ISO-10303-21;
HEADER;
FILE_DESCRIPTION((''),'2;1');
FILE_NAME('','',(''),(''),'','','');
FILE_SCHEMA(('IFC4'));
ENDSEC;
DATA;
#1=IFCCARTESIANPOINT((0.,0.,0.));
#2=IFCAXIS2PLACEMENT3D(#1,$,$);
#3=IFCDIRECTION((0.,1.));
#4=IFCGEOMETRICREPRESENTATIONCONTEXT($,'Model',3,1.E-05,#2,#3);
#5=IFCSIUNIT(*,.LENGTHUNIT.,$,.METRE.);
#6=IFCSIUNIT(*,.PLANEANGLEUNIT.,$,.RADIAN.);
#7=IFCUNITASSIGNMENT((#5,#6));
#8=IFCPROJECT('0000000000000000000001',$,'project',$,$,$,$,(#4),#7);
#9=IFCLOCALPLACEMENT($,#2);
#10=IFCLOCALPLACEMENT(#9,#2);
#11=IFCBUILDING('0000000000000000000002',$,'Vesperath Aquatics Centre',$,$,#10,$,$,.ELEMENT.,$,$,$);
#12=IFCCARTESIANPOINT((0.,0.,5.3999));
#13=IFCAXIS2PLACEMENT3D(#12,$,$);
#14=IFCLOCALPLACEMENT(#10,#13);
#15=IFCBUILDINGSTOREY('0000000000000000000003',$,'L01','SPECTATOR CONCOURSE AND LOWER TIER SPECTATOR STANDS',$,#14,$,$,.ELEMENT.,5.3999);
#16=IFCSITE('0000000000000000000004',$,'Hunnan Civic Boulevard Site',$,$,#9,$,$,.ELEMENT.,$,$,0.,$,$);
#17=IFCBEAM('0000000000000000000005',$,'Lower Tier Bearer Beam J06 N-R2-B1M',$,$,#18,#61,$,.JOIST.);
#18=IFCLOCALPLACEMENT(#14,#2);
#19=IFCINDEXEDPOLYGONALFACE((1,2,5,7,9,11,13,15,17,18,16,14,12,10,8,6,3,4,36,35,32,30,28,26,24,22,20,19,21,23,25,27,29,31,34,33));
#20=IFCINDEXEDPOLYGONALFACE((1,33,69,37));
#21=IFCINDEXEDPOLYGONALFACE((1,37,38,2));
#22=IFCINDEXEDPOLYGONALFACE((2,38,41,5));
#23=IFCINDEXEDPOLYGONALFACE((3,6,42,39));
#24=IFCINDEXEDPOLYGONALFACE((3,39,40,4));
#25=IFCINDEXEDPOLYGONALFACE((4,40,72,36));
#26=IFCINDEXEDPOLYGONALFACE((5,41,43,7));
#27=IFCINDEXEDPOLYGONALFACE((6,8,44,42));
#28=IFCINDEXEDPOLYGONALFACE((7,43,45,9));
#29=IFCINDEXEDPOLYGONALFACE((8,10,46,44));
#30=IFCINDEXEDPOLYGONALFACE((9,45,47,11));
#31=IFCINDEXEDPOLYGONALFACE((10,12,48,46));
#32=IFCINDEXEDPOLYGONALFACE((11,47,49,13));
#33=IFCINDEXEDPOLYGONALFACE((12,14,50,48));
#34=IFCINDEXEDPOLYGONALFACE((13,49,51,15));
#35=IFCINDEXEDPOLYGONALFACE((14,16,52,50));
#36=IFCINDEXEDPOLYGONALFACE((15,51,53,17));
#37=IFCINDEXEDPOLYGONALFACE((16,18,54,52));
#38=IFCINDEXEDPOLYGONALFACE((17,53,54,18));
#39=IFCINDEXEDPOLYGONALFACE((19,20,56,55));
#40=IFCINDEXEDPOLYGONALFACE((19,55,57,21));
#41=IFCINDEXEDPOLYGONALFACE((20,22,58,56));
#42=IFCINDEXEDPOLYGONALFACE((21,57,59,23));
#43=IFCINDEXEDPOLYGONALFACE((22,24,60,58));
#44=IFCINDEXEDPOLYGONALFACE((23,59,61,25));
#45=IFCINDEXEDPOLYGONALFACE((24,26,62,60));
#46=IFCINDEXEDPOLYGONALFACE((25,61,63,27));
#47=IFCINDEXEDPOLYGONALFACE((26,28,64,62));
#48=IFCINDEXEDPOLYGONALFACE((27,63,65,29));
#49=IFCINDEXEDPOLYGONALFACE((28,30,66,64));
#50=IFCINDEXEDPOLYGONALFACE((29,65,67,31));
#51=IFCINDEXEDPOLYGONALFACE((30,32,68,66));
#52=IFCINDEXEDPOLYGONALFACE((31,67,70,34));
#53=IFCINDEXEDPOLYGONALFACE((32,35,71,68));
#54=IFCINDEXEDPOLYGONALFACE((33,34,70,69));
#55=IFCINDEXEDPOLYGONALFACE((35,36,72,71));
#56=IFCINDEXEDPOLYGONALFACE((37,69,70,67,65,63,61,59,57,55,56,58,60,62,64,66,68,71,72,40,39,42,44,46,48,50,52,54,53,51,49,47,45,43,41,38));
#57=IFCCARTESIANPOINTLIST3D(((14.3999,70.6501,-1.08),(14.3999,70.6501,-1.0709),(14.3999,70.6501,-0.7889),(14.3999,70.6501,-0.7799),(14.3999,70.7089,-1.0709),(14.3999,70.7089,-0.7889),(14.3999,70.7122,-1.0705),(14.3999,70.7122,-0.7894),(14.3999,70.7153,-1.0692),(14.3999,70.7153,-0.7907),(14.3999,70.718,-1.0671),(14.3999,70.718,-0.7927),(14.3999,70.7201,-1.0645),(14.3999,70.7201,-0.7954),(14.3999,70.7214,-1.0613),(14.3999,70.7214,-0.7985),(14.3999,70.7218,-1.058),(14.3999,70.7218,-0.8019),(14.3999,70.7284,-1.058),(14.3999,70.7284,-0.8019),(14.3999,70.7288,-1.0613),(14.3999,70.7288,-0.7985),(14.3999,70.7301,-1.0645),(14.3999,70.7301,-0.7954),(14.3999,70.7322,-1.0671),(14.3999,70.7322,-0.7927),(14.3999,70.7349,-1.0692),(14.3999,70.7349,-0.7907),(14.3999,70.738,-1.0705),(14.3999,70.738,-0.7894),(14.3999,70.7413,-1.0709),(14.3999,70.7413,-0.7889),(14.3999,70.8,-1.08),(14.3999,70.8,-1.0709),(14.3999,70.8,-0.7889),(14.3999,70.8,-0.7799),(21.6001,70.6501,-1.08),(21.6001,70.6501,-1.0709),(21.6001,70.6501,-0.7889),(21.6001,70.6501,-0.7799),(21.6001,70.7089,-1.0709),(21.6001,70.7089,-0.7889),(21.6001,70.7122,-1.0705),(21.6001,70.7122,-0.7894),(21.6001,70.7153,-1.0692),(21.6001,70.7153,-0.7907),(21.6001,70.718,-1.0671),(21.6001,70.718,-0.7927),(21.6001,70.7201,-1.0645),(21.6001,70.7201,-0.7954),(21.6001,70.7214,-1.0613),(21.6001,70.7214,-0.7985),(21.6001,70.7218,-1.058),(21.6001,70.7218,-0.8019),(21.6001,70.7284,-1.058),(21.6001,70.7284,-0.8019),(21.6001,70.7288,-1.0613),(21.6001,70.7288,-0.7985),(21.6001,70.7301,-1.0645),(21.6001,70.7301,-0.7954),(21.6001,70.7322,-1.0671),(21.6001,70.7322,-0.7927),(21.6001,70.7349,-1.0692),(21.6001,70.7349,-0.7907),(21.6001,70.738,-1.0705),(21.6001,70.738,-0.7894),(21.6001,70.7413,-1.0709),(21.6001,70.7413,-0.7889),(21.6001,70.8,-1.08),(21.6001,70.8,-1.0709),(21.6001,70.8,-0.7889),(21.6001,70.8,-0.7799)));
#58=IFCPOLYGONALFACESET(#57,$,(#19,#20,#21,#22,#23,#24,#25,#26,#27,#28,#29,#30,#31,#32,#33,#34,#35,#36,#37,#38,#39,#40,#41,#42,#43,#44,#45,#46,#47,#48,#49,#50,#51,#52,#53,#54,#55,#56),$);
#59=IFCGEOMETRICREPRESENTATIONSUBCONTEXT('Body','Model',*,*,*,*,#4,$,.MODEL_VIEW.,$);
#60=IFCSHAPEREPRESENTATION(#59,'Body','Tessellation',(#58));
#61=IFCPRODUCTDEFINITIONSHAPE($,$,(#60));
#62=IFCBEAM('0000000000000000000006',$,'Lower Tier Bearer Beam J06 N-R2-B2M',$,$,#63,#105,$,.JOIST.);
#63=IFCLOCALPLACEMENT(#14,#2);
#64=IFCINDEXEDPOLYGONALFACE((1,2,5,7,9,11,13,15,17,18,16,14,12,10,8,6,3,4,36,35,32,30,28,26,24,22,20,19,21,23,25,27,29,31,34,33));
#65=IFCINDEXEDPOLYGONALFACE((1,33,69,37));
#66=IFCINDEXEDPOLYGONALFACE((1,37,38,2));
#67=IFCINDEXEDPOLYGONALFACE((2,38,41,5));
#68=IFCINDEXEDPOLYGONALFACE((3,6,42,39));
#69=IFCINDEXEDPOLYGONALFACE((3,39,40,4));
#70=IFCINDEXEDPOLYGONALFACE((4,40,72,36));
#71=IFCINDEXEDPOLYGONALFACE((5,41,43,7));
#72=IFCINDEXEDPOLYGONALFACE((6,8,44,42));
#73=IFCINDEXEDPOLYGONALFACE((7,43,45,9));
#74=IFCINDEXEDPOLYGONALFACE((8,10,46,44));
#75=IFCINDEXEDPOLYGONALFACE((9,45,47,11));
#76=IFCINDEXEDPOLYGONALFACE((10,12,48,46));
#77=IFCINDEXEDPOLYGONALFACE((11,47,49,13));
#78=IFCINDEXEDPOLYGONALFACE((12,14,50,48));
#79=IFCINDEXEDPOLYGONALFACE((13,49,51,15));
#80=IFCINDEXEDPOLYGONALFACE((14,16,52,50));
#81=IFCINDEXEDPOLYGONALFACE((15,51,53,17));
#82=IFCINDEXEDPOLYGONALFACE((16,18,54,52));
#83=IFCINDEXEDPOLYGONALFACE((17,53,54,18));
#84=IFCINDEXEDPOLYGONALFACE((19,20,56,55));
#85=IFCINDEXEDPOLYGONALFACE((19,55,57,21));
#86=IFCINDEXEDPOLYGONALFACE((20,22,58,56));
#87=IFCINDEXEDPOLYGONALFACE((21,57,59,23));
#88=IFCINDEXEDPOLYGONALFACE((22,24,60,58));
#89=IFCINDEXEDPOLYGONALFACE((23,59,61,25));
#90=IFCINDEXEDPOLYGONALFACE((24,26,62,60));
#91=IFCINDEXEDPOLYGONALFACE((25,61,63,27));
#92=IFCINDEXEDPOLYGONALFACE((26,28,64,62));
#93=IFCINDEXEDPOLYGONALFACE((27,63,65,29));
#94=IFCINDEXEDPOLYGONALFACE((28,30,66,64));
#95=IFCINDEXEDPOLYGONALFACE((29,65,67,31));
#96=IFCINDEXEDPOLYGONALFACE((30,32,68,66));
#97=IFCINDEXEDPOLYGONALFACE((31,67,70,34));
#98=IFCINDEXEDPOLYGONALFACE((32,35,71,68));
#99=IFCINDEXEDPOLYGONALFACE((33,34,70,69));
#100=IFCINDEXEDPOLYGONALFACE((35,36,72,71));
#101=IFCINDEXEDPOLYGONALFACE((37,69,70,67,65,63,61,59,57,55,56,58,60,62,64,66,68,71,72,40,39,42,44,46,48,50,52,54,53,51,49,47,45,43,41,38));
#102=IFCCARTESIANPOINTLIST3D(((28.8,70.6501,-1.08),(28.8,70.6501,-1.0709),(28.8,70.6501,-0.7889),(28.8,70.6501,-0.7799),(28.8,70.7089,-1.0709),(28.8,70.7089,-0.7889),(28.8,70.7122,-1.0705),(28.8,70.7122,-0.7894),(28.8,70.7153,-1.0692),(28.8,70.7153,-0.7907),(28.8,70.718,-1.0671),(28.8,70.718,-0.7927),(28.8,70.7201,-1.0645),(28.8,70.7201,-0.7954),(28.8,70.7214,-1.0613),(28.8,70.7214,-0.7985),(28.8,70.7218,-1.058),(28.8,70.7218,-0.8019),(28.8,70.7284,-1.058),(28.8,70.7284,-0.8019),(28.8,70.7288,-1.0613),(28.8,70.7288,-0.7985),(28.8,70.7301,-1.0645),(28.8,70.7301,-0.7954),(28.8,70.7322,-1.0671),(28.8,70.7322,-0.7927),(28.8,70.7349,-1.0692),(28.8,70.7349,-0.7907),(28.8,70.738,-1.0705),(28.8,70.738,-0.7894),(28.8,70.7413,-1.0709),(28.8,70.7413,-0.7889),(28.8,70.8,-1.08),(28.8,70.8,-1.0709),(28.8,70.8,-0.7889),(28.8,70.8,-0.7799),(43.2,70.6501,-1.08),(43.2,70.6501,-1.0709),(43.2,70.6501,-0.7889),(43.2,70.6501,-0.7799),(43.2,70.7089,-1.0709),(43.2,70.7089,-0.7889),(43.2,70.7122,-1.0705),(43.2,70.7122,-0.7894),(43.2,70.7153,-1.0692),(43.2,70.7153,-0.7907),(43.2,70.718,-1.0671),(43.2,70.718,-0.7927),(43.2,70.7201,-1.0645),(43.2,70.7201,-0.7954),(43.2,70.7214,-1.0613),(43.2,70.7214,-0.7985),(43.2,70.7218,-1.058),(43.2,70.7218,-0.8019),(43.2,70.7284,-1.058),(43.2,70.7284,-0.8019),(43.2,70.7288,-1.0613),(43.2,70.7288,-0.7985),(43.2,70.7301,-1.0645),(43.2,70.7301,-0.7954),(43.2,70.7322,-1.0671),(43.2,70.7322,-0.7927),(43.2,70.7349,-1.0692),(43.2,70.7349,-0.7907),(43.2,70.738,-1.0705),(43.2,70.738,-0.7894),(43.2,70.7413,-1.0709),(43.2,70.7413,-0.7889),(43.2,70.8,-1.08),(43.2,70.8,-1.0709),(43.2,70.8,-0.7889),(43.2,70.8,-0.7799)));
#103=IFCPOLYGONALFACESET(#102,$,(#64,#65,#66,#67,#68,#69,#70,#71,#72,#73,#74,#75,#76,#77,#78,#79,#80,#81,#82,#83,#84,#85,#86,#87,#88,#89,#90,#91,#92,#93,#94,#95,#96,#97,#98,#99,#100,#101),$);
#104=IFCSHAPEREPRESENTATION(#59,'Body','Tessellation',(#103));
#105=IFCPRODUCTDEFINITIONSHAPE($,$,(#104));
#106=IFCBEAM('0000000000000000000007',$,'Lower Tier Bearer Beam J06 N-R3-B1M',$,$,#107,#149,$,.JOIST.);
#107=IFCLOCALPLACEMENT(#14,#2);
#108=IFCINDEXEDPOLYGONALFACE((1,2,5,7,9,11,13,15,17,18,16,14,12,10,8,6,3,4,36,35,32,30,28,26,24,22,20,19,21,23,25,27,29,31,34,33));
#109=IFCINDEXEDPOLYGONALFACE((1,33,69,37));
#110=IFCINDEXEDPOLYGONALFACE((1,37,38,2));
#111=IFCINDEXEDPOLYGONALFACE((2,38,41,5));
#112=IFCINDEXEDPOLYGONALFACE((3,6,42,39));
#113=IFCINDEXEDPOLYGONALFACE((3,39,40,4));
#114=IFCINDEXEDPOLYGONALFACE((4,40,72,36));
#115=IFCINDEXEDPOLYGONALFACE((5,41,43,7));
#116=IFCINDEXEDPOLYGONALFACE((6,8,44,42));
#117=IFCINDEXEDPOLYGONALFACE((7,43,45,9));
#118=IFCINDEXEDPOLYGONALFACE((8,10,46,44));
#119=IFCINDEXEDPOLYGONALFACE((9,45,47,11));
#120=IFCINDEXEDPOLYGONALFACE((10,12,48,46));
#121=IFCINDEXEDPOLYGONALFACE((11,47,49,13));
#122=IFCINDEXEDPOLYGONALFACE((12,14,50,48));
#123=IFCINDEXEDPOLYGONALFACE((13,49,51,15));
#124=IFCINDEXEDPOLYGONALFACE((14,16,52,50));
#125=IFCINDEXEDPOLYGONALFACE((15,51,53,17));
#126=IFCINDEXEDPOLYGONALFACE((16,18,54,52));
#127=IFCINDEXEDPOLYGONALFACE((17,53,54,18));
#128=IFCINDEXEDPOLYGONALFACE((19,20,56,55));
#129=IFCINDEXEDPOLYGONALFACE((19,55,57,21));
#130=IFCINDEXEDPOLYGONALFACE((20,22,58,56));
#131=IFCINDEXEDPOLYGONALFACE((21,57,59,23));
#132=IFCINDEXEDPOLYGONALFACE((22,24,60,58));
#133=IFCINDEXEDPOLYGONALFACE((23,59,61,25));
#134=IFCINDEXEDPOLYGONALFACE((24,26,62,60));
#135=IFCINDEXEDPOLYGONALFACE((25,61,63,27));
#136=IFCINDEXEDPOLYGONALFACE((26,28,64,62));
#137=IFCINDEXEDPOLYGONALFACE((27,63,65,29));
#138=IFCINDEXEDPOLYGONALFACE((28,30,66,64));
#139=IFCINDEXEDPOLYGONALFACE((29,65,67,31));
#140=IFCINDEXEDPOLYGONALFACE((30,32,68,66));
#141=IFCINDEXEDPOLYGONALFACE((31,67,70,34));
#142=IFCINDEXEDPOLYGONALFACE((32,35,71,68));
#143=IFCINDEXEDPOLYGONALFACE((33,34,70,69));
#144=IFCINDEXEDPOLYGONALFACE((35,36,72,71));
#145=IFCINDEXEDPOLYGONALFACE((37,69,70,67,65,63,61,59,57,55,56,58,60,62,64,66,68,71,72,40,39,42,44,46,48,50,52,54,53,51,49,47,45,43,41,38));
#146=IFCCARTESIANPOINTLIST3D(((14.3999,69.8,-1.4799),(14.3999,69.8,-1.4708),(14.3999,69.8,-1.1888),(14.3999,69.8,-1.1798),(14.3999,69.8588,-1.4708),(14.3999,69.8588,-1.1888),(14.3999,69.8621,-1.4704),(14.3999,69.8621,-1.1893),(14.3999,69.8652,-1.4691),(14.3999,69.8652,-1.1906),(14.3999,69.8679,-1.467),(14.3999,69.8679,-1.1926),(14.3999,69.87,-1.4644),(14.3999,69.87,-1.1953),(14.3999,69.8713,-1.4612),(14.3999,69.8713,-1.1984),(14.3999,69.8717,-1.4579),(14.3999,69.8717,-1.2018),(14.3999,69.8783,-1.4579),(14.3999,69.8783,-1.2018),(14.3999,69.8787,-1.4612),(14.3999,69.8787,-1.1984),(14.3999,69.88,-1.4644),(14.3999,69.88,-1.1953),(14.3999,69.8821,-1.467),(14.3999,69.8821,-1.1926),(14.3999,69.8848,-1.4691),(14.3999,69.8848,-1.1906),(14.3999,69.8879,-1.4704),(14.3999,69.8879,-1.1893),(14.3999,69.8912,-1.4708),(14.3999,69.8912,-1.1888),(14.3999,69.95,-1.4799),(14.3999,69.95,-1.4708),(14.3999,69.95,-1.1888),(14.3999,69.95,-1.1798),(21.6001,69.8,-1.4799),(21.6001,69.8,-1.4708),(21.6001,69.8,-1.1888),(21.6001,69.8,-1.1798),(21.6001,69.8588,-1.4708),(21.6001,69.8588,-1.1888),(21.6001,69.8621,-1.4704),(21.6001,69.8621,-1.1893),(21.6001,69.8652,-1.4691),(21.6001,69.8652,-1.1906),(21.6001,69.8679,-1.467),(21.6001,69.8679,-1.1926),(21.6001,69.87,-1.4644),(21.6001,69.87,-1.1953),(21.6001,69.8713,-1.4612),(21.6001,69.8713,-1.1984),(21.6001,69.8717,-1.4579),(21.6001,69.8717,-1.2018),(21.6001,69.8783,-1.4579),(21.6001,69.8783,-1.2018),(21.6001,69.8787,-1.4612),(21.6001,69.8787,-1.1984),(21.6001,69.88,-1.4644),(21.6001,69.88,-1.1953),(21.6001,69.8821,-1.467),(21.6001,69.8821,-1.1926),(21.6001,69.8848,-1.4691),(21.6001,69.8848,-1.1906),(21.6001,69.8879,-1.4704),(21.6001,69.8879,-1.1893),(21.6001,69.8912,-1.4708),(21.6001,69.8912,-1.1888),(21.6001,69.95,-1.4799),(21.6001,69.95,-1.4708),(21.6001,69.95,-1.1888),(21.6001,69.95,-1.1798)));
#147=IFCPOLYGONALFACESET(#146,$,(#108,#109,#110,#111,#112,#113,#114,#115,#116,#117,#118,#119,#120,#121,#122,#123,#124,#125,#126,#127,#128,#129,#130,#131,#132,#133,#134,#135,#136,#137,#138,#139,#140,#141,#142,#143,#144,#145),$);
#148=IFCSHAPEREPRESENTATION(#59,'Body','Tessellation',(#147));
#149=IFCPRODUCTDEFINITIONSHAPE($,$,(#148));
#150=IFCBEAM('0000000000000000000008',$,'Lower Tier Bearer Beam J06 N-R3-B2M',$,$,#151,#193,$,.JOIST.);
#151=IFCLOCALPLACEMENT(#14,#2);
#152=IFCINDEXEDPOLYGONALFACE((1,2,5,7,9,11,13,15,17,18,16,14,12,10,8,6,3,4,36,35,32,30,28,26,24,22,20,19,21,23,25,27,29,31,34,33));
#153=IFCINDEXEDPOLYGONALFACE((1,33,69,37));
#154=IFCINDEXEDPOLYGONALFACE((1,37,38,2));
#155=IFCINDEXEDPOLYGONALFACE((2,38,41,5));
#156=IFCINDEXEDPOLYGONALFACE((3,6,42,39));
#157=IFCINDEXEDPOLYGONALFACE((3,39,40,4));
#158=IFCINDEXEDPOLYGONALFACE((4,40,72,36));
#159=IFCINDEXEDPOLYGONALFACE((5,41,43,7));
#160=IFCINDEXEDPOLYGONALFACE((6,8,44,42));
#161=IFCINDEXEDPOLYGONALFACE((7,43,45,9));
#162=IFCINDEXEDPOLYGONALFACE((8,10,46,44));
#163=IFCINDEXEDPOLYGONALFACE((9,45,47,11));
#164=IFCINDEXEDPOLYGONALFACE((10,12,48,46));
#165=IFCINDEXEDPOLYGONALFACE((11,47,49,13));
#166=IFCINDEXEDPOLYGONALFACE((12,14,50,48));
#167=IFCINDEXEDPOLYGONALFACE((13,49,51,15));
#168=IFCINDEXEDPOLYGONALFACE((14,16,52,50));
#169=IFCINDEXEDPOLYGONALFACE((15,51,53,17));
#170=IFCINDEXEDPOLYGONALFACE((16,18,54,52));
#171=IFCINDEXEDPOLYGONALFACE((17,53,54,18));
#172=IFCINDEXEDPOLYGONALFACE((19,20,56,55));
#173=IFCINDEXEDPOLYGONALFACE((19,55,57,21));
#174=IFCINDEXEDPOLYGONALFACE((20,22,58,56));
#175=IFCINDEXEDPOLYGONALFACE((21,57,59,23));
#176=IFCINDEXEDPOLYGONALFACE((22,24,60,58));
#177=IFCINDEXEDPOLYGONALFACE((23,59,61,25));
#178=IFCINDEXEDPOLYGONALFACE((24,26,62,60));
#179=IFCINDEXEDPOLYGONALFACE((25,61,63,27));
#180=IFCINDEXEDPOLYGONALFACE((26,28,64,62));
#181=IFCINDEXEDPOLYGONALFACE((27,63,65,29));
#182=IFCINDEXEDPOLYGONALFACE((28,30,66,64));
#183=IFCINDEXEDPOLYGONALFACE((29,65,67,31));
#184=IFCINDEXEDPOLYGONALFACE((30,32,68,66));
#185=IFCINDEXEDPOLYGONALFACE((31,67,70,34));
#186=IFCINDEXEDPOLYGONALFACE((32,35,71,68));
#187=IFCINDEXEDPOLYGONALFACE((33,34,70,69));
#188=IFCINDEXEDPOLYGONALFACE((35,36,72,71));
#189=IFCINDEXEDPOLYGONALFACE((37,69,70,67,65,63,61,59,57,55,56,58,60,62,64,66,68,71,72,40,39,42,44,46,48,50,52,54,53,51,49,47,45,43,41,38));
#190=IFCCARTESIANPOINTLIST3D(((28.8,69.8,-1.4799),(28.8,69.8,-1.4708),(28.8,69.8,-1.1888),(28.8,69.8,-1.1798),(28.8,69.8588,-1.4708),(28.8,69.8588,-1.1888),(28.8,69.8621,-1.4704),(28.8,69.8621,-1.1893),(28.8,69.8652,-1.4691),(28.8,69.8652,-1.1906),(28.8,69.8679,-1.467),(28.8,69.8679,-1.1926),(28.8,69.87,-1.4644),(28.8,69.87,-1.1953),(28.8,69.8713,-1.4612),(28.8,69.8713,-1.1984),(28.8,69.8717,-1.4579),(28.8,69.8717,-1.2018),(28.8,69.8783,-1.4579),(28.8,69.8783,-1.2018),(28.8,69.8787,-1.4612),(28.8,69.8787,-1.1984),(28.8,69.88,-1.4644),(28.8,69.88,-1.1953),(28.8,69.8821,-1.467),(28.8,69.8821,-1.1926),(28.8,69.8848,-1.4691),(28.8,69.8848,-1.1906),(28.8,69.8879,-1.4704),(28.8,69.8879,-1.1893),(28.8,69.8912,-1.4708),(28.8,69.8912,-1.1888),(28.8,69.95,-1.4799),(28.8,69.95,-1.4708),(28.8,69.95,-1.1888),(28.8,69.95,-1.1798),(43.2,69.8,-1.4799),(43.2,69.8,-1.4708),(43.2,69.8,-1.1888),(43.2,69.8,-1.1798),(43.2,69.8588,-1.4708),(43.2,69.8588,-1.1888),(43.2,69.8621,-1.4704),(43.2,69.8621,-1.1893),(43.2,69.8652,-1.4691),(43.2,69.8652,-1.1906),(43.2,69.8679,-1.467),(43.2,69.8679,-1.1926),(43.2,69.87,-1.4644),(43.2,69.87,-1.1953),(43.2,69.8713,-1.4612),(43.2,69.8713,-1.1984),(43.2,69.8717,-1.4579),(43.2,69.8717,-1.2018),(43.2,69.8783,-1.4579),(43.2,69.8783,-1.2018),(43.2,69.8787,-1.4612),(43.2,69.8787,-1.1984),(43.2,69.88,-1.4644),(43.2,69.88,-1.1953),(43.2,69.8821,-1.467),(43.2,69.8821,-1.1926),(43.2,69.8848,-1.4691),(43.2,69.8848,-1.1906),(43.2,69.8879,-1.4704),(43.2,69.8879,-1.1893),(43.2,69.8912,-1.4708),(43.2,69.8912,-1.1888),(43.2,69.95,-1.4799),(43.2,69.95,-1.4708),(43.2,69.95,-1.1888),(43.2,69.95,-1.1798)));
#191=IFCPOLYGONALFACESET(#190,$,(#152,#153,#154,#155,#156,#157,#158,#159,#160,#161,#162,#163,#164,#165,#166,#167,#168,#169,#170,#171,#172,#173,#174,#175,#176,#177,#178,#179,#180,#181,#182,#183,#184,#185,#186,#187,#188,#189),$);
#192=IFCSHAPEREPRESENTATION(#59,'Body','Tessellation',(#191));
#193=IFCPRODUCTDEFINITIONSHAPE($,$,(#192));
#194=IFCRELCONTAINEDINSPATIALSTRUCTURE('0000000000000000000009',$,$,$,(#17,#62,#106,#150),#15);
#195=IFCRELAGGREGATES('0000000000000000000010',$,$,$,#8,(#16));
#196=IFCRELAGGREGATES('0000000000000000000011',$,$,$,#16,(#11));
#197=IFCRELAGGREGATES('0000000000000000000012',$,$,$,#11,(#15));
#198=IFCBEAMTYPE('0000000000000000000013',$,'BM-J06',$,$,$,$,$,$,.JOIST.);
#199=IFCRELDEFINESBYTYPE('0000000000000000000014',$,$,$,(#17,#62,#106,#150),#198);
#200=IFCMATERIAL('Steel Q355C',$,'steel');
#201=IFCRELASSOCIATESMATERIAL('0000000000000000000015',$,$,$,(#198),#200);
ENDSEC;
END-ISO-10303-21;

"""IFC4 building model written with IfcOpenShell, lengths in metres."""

from ifc_helpers import new_model, si_unit, direction, frame, origin, origin_2d, place, context, subcontext, project, spatial, i_section, extrude, material, material_profile, profile_set, type_object, element, save


model = new_model("IFC4")

# Units and contexts
model_context = context("Model", 3, precision=1e-05, world=origin(), true_north=direction((0.0, 1.0)))
body_context = subcontext(model_context, "Body", "Model", "MODEL_VIEW")
ifc_project = project(units=[si_unit("LENGTHUNIT", "METRE"), si_unit("PLANEANGLEUNIT", "RADIAN")], contexts=[model_context])

# Site, building, storey
site_placement = place(None, origin())
site = spatial("IfcSite", under=ifc_project, at=site_placement, Name="Hunnan Civic Boulevard Site", CompositionType="ELEMENT", RefElevation=0.0)
building_placement = place(site_placement, origin())
building = spatial("IfcBuilding", under=site, at=building_placement, Name="Vesperath Aquatics Centre", CompositionType="ELEMENT")
storey_placement = place(building_placement, frame((0.0, 0.0, 5.3999)))
storey = spatial("IfcBuildingStorey", under=building, at=storey_placement, Name="L01", Description="SPECTATOR CONCOURSE AND LOWER TIER SPECTATOR STANDS", CompositionType="ELEMENT", Elevation=5.3999)

# Beams
ifc_material_1 = material(Name="Steel Q355C", Category="steel")
ifc_material_profile_1 = material_profile(ifc_material_1, i_section(OverallWidth=0.1499, OverallDepth=0.3, WebThickness=0.0066, FlangeThickness=0.009, FilletRadius=0.0129, at=origin_2d()), Name="HN 300x150x6.5x9")
ifc_profile_set_1 = profile_set([ifc_material_profile_1], Name="Steel Q355C")
beam_type_1 = type_object("IfcBeamType", Name="BM-J06", PredefinedType="JOIST", material=ifc_profile_set_1)
beam_1_placement = place(storey_placement, frame((14.3999, 70.7251, -0.9299), z_axis=(1.0, 0.0, 0.0), x_axis=(0.0, 1.0, 0.0)))
element("IfcBeam", 1, at=beam_1_placement, inside=storey, type_object=beam_type_1, Name="Lower Tier Bearer Beam J06 N-R2-B1M", PredefinedType="JOIST", context=body_context, shape_type="SweptSolid", body=[
    extrude(i_section(OverallWidth=0.1499, OverallDepth=0.3, WebThickness=0.0066, FlangeThickness=0.009, FilletRadius=0.0129, at=origin_2d()), origin(), (0.0, 0.0, 1.0), 7.2002),
])
beam_2_placement = place(storey_placement, frame((28.8, 70.7251, -0.9299), z_axis=(1.0, 0.0, 0.0), x_axis=(0.0, 1.0, 0.0)))
element("IfcBeam", 2, at=beam_2_placement, inside=storey, type_object=beam_type_1, Name="Lower Tier Bearer Beam J06 N-R2-B2M", PredefinedType="JOIST", context=body_context, shape_type="SweptSolid", body=[
    extrude(i_section(OverallWidth=0.1499, OverallDepth=0.3, WebThickness=0.0066, FlangeThickness=0.009, FilletRadius=0.0129, at=origin_2d()), origin(), (0.0, 0.0, 1.0), 14.3999),
])
beam_3_placement = place(storey_placement, frame((14.3999, 69.875, -1.3298), z_axis=(1.0, 0.0, 0.0), x_axis=(0.0, 1.0, 0.0)))
element("IfcBeam", 3, at=beam_3_placement, inside=storey, type_object=beam_type_1, Name="Lower Tier Bearer Beam J06 N-R3-B1M", PredefinedType="JOIST", context=body_context, shape_type="SweptSolid", body=[
    extrude(i_section(OverallWidth=0.1499, OverallDepth=0.3, WebThickness=0.0066, FlangeThickness=0.009, FilletRadius=0.0129, at=origin_2d()), origin(), (0.0, 0.0, 1.0), 7.2002),
])
for number, where, z_axis, x_axis, name in (
    (4, (28.8, 69.875, -1.3298), (1.0, 0.0, 0.0), (0.0, 1.0, 0.0), "Lower Tier Bearer Beam J06 N-R3-B2M"),
):
    element("IfcBeam", number, at=place(storey_placement, frame(where, z_axis=z_axis, x_axis=x_axis)), inside=storey, type_object=beam_type_1, Name=name, PredefinedType="JOIST", context=body_context, shape_type="SweptSolid", body=[
        extrude(i_section(OverallWidth=0.1499, OverallDepth=0.3, WebThickness=0.0066, FlangeThickness=0.009, FilletRadius=0.0129, at=origin_2d()), origin(), (0.0, 0.0, 1.0), 14.3999),
    ])

save(model, "model.ifc")
